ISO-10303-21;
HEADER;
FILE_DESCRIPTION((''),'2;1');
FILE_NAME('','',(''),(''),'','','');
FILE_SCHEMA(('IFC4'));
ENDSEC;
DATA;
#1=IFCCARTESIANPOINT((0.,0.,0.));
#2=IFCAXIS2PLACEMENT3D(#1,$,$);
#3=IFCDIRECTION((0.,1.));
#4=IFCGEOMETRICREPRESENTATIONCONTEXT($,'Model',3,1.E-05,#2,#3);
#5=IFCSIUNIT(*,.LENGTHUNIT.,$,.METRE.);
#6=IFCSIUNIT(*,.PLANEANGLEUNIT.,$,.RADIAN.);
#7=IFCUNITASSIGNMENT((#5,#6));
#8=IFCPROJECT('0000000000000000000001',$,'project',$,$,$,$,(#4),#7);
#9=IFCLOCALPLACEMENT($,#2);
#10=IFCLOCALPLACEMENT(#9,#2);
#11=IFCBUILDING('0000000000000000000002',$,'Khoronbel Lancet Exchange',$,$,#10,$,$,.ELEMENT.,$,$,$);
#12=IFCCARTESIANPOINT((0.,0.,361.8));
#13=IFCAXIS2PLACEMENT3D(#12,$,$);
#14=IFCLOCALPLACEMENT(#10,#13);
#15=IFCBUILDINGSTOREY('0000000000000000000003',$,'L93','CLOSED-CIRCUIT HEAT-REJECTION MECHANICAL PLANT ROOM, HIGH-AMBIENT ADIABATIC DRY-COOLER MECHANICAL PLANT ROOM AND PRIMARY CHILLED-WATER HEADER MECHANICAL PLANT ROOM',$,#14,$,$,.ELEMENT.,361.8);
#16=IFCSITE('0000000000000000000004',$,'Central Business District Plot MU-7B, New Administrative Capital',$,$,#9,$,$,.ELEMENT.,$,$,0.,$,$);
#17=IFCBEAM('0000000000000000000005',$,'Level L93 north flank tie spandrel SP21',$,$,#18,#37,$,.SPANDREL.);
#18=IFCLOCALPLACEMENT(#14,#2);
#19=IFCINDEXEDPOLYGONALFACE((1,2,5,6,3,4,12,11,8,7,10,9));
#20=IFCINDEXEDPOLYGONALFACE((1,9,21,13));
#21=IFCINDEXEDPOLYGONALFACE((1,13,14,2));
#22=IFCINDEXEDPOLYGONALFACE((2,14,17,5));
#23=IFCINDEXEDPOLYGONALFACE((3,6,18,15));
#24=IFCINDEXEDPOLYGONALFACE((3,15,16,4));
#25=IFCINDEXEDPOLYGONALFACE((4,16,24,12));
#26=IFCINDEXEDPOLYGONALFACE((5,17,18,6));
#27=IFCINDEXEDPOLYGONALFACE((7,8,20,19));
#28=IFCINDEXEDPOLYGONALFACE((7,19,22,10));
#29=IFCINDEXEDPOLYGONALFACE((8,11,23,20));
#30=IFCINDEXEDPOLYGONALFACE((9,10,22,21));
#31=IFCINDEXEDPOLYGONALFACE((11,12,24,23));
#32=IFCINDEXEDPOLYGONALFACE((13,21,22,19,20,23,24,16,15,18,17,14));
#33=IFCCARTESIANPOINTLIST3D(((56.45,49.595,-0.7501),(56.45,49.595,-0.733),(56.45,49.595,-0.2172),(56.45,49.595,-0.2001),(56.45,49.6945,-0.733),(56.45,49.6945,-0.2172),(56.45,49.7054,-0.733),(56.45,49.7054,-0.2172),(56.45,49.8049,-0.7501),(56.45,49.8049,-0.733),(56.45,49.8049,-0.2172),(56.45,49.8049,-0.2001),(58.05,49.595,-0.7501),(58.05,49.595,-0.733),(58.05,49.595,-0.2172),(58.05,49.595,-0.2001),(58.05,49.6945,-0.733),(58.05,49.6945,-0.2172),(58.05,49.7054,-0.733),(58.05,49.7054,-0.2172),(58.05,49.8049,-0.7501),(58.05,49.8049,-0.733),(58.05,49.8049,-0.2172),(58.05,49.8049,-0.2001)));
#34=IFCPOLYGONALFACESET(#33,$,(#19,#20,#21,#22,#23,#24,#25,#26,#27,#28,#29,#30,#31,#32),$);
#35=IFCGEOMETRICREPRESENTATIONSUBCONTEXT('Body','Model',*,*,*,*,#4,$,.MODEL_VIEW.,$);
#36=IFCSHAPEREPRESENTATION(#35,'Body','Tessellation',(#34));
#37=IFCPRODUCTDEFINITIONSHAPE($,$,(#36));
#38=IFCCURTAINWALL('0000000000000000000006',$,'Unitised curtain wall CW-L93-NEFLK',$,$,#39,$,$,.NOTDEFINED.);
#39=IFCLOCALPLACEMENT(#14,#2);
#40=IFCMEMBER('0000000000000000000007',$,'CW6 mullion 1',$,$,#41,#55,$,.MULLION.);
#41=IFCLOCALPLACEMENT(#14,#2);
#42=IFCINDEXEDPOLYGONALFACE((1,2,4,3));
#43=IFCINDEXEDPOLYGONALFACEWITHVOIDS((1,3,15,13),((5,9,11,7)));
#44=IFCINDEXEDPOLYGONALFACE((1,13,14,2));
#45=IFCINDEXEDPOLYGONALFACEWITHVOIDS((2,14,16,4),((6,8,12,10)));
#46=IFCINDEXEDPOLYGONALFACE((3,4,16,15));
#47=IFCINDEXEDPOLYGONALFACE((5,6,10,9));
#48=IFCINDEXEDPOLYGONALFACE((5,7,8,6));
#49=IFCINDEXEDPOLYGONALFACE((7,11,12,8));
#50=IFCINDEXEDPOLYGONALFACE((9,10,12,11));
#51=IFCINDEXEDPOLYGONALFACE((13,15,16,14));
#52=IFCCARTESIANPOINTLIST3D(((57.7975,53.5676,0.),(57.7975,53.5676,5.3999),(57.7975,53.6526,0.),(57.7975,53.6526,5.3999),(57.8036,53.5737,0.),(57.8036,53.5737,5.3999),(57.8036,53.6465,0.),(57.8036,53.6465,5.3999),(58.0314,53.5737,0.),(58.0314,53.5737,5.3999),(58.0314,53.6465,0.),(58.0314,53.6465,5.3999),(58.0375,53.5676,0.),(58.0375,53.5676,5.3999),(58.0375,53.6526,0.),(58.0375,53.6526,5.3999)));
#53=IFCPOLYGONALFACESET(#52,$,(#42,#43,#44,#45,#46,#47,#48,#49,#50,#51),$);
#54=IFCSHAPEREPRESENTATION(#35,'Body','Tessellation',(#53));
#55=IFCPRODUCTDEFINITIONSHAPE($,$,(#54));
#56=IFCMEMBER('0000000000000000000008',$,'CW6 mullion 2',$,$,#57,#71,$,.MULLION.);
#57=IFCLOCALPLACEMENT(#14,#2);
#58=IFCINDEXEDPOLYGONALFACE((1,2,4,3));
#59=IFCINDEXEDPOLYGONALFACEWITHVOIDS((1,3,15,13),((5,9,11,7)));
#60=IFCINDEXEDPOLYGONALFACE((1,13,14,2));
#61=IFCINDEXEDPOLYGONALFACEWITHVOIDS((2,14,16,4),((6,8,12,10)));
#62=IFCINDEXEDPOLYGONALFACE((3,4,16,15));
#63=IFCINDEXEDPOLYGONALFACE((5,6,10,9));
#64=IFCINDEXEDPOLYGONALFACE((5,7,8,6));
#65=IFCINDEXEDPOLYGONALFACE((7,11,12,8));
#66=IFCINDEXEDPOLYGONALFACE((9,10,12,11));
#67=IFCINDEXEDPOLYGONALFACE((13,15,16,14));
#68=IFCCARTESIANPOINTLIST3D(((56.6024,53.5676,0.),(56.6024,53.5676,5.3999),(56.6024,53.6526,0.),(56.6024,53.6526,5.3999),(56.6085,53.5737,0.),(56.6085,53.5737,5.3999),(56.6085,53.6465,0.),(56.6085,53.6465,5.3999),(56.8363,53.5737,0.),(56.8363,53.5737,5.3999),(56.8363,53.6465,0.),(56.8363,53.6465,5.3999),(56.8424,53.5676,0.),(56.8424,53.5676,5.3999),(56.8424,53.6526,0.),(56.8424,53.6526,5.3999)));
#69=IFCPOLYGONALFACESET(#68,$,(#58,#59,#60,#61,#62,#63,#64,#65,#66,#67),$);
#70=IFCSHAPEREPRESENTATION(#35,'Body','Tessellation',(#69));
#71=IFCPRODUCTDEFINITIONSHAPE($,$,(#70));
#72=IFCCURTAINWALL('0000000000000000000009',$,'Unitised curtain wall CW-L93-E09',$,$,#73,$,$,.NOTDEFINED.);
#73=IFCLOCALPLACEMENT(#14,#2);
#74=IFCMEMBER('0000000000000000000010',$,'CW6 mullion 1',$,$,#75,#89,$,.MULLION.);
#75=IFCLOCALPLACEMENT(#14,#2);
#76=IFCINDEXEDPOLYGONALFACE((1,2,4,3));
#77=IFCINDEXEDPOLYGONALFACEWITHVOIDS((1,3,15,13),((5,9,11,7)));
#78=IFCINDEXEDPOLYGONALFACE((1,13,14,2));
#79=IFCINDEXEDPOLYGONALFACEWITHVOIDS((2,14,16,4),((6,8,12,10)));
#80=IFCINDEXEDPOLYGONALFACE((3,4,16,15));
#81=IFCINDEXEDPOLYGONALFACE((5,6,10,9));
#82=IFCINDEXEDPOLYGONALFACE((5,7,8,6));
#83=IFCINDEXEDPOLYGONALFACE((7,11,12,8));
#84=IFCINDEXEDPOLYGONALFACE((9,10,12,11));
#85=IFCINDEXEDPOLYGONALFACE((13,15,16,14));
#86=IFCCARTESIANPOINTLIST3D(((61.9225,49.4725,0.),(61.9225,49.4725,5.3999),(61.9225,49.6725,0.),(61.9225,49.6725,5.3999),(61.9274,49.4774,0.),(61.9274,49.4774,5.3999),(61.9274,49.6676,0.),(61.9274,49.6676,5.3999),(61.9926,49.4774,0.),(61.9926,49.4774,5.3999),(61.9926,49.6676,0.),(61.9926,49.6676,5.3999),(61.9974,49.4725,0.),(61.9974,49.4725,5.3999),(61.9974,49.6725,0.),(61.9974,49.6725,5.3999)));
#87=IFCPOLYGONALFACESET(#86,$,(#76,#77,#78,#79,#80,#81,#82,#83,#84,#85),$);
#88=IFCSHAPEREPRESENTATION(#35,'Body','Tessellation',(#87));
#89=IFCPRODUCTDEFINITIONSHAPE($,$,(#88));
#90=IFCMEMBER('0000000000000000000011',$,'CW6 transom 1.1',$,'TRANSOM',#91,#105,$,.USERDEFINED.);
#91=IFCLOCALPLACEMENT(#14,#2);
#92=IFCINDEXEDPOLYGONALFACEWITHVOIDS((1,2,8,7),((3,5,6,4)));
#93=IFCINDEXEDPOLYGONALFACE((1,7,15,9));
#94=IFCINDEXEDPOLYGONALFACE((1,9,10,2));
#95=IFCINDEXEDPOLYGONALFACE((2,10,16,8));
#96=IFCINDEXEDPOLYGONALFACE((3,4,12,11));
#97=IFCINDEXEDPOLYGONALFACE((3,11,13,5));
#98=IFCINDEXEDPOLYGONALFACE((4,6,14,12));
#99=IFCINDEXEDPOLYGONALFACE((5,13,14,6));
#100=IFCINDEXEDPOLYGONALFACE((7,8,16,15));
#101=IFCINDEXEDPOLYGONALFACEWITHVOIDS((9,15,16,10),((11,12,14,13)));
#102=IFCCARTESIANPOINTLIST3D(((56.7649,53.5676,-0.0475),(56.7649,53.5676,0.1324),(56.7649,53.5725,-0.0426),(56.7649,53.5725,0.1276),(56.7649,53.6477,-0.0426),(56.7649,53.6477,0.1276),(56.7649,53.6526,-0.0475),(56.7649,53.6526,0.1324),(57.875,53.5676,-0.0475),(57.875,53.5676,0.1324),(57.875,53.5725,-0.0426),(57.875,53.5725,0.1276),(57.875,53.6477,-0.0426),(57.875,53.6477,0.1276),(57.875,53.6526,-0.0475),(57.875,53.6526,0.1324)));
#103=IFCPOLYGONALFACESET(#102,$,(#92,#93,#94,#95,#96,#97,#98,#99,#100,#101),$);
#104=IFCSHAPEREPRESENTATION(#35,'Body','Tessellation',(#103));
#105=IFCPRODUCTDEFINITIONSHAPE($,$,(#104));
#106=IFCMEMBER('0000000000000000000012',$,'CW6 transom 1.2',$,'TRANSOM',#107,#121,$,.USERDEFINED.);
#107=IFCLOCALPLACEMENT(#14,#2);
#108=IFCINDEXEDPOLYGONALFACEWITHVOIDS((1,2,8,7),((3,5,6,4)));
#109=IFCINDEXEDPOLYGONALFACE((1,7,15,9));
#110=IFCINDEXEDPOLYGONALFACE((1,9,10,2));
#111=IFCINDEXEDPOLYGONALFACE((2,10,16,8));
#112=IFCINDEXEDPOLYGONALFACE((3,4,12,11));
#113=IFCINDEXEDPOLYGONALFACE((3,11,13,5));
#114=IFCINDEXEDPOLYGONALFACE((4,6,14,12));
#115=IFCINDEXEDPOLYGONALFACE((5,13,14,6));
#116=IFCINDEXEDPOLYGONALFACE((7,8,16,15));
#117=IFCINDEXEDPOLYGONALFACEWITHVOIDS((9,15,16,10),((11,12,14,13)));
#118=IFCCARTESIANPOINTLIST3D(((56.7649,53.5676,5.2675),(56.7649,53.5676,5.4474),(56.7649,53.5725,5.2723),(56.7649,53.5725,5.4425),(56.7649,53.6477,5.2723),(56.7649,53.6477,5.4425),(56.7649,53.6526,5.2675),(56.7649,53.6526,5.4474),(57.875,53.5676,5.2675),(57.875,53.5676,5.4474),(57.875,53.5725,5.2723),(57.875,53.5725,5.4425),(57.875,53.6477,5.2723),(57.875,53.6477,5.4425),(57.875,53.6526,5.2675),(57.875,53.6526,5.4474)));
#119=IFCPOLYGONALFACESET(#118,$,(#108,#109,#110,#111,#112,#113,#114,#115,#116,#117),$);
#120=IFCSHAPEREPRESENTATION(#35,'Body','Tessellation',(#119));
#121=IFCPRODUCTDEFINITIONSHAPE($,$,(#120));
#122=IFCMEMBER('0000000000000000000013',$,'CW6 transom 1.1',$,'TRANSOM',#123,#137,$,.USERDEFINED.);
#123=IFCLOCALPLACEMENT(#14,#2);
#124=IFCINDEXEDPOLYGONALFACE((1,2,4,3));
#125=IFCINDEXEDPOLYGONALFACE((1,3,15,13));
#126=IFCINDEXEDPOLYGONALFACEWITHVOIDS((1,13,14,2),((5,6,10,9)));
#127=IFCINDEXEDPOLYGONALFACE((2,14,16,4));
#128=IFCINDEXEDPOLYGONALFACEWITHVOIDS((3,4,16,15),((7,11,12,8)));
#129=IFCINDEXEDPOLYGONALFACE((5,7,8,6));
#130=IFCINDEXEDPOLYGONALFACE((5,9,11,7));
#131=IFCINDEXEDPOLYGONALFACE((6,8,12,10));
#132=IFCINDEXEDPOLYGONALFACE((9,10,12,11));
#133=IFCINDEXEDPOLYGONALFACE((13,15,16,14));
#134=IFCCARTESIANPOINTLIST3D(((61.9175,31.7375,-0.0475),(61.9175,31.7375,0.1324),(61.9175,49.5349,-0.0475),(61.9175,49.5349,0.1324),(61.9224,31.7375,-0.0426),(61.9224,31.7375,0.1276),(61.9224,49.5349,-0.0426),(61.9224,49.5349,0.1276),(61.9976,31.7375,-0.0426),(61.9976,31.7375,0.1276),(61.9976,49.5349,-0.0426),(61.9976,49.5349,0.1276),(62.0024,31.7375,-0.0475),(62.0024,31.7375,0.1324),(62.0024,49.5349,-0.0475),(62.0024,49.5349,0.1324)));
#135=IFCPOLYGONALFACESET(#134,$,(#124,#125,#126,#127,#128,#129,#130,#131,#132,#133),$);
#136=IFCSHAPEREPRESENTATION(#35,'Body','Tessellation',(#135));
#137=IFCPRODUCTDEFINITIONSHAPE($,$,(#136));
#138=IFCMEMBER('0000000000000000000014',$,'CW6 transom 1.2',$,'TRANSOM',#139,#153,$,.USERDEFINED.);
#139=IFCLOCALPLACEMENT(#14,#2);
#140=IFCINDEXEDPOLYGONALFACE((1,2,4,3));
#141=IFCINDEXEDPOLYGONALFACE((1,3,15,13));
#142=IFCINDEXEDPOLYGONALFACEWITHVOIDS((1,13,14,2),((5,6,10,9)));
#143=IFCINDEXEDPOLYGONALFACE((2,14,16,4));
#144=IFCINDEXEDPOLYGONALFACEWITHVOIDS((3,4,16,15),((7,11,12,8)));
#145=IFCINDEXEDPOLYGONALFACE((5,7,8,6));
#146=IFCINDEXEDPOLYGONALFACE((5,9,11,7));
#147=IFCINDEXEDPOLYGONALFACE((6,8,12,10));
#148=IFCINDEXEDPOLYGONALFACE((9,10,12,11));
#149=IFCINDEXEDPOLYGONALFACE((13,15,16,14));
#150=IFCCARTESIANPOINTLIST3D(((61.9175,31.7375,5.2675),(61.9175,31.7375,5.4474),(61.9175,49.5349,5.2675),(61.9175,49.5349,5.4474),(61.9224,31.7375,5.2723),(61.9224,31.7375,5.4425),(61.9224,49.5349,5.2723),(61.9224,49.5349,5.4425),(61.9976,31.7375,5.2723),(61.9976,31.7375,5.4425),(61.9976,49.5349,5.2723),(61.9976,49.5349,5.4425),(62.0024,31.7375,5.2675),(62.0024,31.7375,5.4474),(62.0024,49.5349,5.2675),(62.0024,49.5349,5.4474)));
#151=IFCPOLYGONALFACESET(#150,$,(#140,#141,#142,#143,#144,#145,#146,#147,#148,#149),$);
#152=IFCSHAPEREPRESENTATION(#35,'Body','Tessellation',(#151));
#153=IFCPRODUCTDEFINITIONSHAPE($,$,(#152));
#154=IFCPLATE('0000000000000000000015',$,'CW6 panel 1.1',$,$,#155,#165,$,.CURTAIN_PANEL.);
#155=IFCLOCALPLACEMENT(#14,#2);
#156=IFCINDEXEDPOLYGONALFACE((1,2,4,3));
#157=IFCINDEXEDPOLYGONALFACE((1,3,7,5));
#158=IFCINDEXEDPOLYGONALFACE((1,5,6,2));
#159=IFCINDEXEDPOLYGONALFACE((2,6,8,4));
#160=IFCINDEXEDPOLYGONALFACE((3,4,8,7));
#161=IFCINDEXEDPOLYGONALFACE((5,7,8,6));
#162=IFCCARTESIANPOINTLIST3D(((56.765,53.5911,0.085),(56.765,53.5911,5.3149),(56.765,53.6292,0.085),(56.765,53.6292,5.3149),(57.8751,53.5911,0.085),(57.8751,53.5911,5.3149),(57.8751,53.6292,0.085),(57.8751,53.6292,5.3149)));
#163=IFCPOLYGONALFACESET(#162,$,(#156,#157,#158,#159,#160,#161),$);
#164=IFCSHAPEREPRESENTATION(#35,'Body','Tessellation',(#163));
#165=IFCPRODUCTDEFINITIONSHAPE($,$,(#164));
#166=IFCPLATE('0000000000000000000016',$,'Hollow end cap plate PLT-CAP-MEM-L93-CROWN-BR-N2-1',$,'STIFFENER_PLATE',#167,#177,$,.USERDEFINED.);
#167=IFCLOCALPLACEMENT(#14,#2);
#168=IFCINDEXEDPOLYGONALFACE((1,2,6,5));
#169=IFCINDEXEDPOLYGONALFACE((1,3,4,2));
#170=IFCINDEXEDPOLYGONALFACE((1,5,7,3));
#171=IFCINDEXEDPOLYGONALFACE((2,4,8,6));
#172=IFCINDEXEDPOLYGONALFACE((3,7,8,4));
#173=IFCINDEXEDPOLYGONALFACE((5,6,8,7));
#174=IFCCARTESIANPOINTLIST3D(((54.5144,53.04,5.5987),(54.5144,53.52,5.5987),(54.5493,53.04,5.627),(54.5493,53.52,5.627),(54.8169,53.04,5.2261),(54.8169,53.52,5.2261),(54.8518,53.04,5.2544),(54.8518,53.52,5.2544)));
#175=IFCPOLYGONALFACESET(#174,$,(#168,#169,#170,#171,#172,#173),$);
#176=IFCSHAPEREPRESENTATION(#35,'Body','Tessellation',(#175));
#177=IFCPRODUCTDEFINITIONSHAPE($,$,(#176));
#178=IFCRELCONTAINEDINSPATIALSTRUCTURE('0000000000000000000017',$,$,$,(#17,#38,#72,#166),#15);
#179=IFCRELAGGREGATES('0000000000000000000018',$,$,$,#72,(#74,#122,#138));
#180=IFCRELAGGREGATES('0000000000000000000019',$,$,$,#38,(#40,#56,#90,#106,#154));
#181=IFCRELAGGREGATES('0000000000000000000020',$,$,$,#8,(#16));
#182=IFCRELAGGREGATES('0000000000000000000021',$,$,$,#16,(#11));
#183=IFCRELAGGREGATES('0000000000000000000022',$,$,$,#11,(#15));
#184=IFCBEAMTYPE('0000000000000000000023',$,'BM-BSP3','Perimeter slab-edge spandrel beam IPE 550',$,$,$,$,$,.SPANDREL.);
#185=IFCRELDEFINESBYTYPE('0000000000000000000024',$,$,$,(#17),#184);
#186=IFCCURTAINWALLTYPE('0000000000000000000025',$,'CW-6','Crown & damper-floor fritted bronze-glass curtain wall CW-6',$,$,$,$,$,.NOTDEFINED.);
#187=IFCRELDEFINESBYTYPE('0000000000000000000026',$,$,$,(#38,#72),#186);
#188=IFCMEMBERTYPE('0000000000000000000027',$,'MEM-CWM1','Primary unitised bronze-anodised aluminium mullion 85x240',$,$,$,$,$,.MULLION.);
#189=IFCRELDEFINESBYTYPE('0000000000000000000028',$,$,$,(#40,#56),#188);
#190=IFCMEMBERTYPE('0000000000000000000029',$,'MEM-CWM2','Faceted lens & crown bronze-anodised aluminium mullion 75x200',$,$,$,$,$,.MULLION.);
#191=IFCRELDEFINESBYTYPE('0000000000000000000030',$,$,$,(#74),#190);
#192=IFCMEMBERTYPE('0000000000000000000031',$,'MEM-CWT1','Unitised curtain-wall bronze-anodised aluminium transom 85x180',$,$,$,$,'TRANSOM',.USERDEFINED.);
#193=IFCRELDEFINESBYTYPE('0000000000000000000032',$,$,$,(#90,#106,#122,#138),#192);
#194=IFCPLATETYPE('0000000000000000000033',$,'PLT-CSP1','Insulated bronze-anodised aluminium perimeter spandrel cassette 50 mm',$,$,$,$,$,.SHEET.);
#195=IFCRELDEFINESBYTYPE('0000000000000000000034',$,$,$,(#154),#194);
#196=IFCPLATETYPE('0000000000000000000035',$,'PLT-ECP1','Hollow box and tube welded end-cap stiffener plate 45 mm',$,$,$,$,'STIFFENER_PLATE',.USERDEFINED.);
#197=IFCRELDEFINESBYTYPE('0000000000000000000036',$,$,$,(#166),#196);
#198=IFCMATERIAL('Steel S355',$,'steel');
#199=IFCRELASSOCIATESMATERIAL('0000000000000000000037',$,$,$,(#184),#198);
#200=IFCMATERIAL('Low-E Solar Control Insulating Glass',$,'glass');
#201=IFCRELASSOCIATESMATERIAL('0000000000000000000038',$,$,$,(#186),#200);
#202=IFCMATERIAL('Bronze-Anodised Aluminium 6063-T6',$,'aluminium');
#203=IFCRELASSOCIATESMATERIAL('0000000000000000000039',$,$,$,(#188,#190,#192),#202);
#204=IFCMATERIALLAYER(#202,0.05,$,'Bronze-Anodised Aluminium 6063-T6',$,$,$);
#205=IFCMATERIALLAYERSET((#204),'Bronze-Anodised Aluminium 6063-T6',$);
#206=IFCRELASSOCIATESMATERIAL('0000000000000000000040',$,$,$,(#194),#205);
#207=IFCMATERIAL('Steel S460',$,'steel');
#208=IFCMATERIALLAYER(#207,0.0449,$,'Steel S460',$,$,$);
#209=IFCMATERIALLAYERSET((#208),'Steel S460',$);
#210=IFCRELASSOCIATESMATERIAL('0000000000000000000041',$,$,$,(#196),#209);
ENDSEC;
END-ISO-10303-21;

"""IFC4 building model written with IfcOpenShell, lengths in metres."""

from ifc_helpers import new_model, si_unit, direction, frame, origin, origin_2d, place, context, subcontext, project, spatial, polyline, rectangle, hollow_rectangle, i_section, outline, extrude, material, layer, layer_set, material_profile, profile_set, type_object, element, aggregate, save


model = new_model("IFC4")

# Units and contexts
model_context = context("Model", 3, precision=1e-05, world=origin(), true_north=direction((0.0, 1.0)))
body_context = subcontext(model_context, "Body", "Model", "MODEL_VIEW")
ifc_project = project(units=[si_unit("LENGTHUNIT", "METRE"), si_unit("PLANEANGLEUNIT", "RADIAN")], contexts=[model_context])

# Site, building, storey
site_placement = place(None, origin())
site = spatial("IfcSite", under=ifc_project, at=site_placement, Name="Central Business District Plot MU-7B, New Administrative Capital", CompositionType="ELEMENT", RefElevation=0.0)
building_placement = place(site_placement, origin())
building = spatial("IfcBuilding", under=site, at=building_placement, Name="Khoronbel Lancet Exchange", CompositionType="ELEMENT")
storey_placement = place(building_placement, frame((0.0, 0.0, 361.8)))
storey = spatial("IfcBuildingStorey", under=building, at=storey_placement, Name="L93", Description="CLOSED-CIRCUIT HEAT-REJECTION MECHANICAL PLANT ROOM, HIGH-AMBIENT ADIABATIC DRY-COOLER MECHANICAL PLANT ROOM AND PRIMARY CHILLED-WATER HEADER MECHANICAL PLANT ROOM", CompositionType="ELEMENT", Elevation=361.8)

# Shared definitions
ifc_material_1 = material(Name="Steel S355", Category="steel")
ifc_material_2 = material(Name="Steel S460", Category="steel")

# Beam
ifc_material_profile_1 = material_profile(ifc_material_1, i_section(OverallWidth=0.21, OverallDepth=0.55, WebThickness=0.011, FlangeThickness=0.0171, at=origin_2d()), Name="IPE 550")
ifc_profile_set_1 = profile_set([ifc_material_profile_1], Name="Steel S355")
beam_type_1 = type_object("IfcBeamType", Name="BM-BSP3", Description="Perimeter slab-edge spandrel beam IPE 550", PredefinedType="SPANDREL", material=ifc_profile_set_1)
beam_1_placement = place(storey_placement, frame((58.05, 49.7, -0.4751), z_axis=(-1.0, 0.0, 0.0), x_axis=(0.0, -1.0, 0.0)))
element("IfcBeam", 1, at=beam_1_placement, inside=storey, type_object=beam_type_1, Name="Level L93 north flank tie spandrel SP21", PredefinedType="SPANDREL", context=body_context, shape_type="SweptSolid", body=[
    extrude(i_section(OverallWidth=0.21, OverallDepth=0.55, WebThickness=0.011, FlangeThickness=0.0171, at=origin_2d()), origin(), (0.0, 0.0, 1.0), 1.6001),
])

# Curtain wall, members
ifc_material_3 = material(Name="Low-E Solar Control Insulating Glass", Category="glass")
curtain_wall_type = type_object("IfcCurtainWallType", Name="CW-6", Description="Crown & damper-floor fritted bronze-glass curtain wall CW-6", PredefinedType="NOTDEFINED", material=ifc_material_3)
curtain_wall_1_placement = place(storey_placement, origin())
curtain_wall_1 = element("IfcCurtainWall", 2, at=curtain_wall_1_placement, inside=storey, type_object=curtain_wall_type, Name="Unitised curtain wall CW-L93-NEFLK", PredefinedType="NOTDEFINED")
ifc_material_4 = material(Name="Bronze-Anodised Aluminium 6063-T6", Category="aluminium")
ifc_material_profile_2 = material_profile(ifc_material_4, hollow_rectangle(XDim=0.085, YDim=0.24, WallThickness=0.0061, at=origin_2d()), Name="ALU MULLION 85x240")
ifc_profile_set_2 = profile_set([ifc_material_profile_2], Name="Bronze-Anodised Aluminium 6063-T6")
member_type_1 = type_object("IfcMemberType", Name="MEM-CWM1", Description="Primary unitised bronze-anodised aluminium mullion 85x240", PredefinedType="MULLION", material=ifc_profile_set_2)
member_1_placement = place(storey_placement, frame((57.9175, 53.6101, 0.0), z_axis=(0.0, 0.0, 1.0), x_axis=(0.0, -1.0, 0.0)))
member_1 = element("IfcMember", 3, at=member_1_placement, type_object=member_type_1, Name="CW6 mullion 1", PredefinedType="MULLION", context=body_context, shape_type="SweptSolid", body=[
    extrude(hollow_rectangle(XDim=0.085, YDim=0.24, WallThickness=0.0061, at=origin_2d()), origin(), (0.0, 0.0, 1.0), 5.3999),
])
member_2_placement = place(storey_placement, frame((56.7224, 53.6101, 0.0), z_axis=(0.0, 0.0, 1.0), x_axis=(0.0, -1.0, 0.0)))
member_2 = element("IfcMember", 4, at=member_2_placement, type_object=member_type_1, Name="CW6 mullion 2", PredefinedType="MULLION", context=body_context, shape_type="SweptSolid", body=[
    extrude(hollow_rectangle(XDim=0.085, YDim=0.24, WallThickness=0.0061, at=origin_2d()), origin(), (0.0, 0.0, 1.0), 5.3999),
])

# Curtain wall, member
curtain_wall_2_placement = place(storey_placement, origin())
curtain_wall_2 = element("IfcCurtainWall", 5, at=curtain_wall_2_placement, inside=storey, type_object=curtain_wall_type, Name="Unitised curtain wall CW-L93-E09", PredefinedType="NOTDEFINED")
ifc_material_profile_3 = material_profile(ifc_material_4, hollow_rectangle(XDim=0.075, YDim=0.2, WallThickness=0.0049, at=origin_2d()), Name="ALU MULLION 75x200")
ifc_profile_set_3 = profile_set([ifc_material_profile_3], Name="Bronze-Anodised Aluminium 6063-T6")
member_type_2 = type_object("IfcMemberType", Name="MEM-CWM2", Description="Faceted lens & crown bronze-anodised aluminium mullion 75x200", PredefinedType="MULLION", material=ifc_profile_set_3)
member_3_placement = place(storey_placement, frame((61.96, 49.5725, 0.0), z_axis=(0.0, 0.0, 1.0), x_axis=(1.0, 0.0, 0.0)))
member_3 = element("IfcMember", 6, at=member_3_placement, type_object=member_type_2, Name="CW6 mullion 1", PredefinedType="MULLION", context=body_context, shape_type="SweptSolid", body=[
    extrude(hollow_rectangle(XDim=0.075, YDim=0.2, WallThickness=0.0049, at=origin_2d()), origin(), (0.0, 0.0, 1.0), 5.3999),
])

# Members
ifc_material_profile_4 = material_profile(ifc_material_4, hollow_rectangle(XDim=0.085, YDim=0.1799, WallThickness=0.0049, at=origin_2d()), Name="ALU TRANSOM 85x180")
ifc_profile_set_4 = profile_set([ifc_material_profile_4], Name="Bronze-Anodised Aluminium 6063-T6")
member_type_3 = type_object("IfcMemberType", Name="MEM-CWT1", Description="Unitised curtain-wall bronze-anodised aluminium transom 85x180", ElementType="TRANSOM", PredefinedType="USERDEFINED", material=ifc_profile_set_4)
member_4_placement = place(storey_placement, frame((57.875, 53.6101, 0.0425), z_axis=(-1.0, 0.0, 0.0), x_axis=(0.0, -1.0, 0.0)))
member_4 = element("IfcMember", 7, at=member_4_placement, type_object=member_type_3, Name="CW6 transom 1.1", ObjectType="TRANSOM", PredefinedType="USERDEFINED", context=body_context, shape_type="SweptSolid", body=[
    extrude(hollow_rectangle(XDim=0.085, YDim=0.1799, WallThickness=0.0049, at=origin_2d()), origin(), (0.0, 0.0, 1.0), 1.1101),
])
member_5_placement = place(storey_placement, frame((57.875, 53.6101, 5.3574), z_axis=(-1.0, 0.0, 0.0), x_axis=(0.0, -1.0, 0.0)))
member_5 = element("IfcMember", 8, at=member_5_placement, type_object=member_type_3, Name="CW6 transom 1.2", ObjectType="TRANSOM", PredefinedType="USERDEFINED", context=body_context, shape_type="SweptSolid", body=[
    extrude(hollow_rectangle(XDim=0.085, YDim=0.1799, WallThickness=0.0049, at=origin_2d()), origin(), (0.0, 0.0, 1.0), 1.1101),
])
member_6_placement = place(storey_placement, frame((61.96, 49.5349, 0.0425), z_axis=(0.0, -1.0, 0.0), x_axis=(1.0, 0.0, 0.0)))
member_6 = element("IfcMember", 9, at=member_6_placement, type_object=member_type_3, Name="CW6 transom 1.1", ObjectType="TRANSOM", PredefinedType="USERDEFINED", context=body_context, shape_type="SweptSolid", body=[
    extrude(hollow_rectangle(XDim=0.085, YDim=0.1799, WallThickness=0.0049, at=origin_2d()), origin(), (0.0, 0.0, 1.0), 17.7974),
])
member_7_placement = place(storey_placement, frame((61.96, 49.5349, 5.3574), z_axis=(0.0, -1.0, 0.0), x_axis=(1.0, 0.0, 0.0)))
member_7 = element("IfcMember", 10, at=member_7_placement, type_object=member_type_3, Name="CW6 transom 1.2", ObjectType="TRANSOM", PredefinedType="USERDEFINED", context=body_context, shape_type="SweptSolid", body=[
    extrude(hollow_rectangle(XDim=0.085, YDim=0.1799, WallThickness=0.0049, at=origin_2d()), origin(), (0.0, 0.0, 1.0), 17.7974),
])
aggregate(curtain_wall_2, [member_3, member_6, member_7])

# Plates
ifc_layer_1 = layer(ifc_material_4, 0.05, Name="Bronze-Anodised Aluminium 6063-T6")
ifc_layer_set_1 = layer_set([ifc_layer_1], Name="Bronze-Anodised Aluminium 6063-T6")
plate_type_1 = type_object("IfcPlateType", Name="PLT-CSP1", Description="Insulated bronze-anodised aluminium perimeter spandrel cassette 50 mm", PredefinedType="SHEET", material=ifc_layer_set_1)
plate_1_placement = place(storey_placement, frame((57.3201, 53.6101, 0.085), z_axis=(0.0, 0.0, 1.0), x_axis=(-1.0, 0.0, 0.0)))
plate_1 = element("IfcPlate", 11, at=plate_1_placement, type_object=plate_type_1, Name="CW6 panel 1.1", PredefinedType="CURTAIN_PANEL", context=body_context, shape_type="SweptSolid", body=[
    extrude(rectangle(XDim=1.1101, YDim=0.0381, at=origin_2d()), origin(), (0.0, 0.0, 1.0), 5.23),
])
aggregate(curtain_wall_1, [member_1, member_2, member_4, member_5, plate_1])
ifc_layer_2 = layer(ifc_material_2, 0.0449, Name="Steel S460")
ifc_layer_set_2 = layer_set([ifc_layer_2], Name="Steel S460")
plate_type_2 = type_object("IfcPlateType", Name="PLT-ECP1", Description="Hollow box and tube welded end-cap stiffener plate 45 mm", ElementType="STIFFENER_PLATE", PredefinedType="USERDEFINED", material=ifc_layer_set_2)
plate_2_placement = place(storey_placement, frame((54.8518, 53.04, 5.2544), z_axis=(0.776332, 0.0, 0.630324), x_axis=(0.0, 1.0, 0.0)))
element("IfcPlate", 12, at=plate_2_placement, inside=storey, type_object=plate_type_2, Name="Hollow end cap plate PLT-CAP-MEM-L93-CROWN-BR-N2-1", ObjectType="STIFFENER_PLATE", PredefinedType="USERDEFINED", context=body_context, shape_type="SweptSolid", body=[
    extrude(outline(polyline([(0.0, 0.0), (0.48, 0.0), (0.48, 0.48), (0.0, 0.48), (0.0, 0.0)])), origin(), (0.0, 0.0, -1.0), 0.0449),
])

save(model, "model.ifc")
